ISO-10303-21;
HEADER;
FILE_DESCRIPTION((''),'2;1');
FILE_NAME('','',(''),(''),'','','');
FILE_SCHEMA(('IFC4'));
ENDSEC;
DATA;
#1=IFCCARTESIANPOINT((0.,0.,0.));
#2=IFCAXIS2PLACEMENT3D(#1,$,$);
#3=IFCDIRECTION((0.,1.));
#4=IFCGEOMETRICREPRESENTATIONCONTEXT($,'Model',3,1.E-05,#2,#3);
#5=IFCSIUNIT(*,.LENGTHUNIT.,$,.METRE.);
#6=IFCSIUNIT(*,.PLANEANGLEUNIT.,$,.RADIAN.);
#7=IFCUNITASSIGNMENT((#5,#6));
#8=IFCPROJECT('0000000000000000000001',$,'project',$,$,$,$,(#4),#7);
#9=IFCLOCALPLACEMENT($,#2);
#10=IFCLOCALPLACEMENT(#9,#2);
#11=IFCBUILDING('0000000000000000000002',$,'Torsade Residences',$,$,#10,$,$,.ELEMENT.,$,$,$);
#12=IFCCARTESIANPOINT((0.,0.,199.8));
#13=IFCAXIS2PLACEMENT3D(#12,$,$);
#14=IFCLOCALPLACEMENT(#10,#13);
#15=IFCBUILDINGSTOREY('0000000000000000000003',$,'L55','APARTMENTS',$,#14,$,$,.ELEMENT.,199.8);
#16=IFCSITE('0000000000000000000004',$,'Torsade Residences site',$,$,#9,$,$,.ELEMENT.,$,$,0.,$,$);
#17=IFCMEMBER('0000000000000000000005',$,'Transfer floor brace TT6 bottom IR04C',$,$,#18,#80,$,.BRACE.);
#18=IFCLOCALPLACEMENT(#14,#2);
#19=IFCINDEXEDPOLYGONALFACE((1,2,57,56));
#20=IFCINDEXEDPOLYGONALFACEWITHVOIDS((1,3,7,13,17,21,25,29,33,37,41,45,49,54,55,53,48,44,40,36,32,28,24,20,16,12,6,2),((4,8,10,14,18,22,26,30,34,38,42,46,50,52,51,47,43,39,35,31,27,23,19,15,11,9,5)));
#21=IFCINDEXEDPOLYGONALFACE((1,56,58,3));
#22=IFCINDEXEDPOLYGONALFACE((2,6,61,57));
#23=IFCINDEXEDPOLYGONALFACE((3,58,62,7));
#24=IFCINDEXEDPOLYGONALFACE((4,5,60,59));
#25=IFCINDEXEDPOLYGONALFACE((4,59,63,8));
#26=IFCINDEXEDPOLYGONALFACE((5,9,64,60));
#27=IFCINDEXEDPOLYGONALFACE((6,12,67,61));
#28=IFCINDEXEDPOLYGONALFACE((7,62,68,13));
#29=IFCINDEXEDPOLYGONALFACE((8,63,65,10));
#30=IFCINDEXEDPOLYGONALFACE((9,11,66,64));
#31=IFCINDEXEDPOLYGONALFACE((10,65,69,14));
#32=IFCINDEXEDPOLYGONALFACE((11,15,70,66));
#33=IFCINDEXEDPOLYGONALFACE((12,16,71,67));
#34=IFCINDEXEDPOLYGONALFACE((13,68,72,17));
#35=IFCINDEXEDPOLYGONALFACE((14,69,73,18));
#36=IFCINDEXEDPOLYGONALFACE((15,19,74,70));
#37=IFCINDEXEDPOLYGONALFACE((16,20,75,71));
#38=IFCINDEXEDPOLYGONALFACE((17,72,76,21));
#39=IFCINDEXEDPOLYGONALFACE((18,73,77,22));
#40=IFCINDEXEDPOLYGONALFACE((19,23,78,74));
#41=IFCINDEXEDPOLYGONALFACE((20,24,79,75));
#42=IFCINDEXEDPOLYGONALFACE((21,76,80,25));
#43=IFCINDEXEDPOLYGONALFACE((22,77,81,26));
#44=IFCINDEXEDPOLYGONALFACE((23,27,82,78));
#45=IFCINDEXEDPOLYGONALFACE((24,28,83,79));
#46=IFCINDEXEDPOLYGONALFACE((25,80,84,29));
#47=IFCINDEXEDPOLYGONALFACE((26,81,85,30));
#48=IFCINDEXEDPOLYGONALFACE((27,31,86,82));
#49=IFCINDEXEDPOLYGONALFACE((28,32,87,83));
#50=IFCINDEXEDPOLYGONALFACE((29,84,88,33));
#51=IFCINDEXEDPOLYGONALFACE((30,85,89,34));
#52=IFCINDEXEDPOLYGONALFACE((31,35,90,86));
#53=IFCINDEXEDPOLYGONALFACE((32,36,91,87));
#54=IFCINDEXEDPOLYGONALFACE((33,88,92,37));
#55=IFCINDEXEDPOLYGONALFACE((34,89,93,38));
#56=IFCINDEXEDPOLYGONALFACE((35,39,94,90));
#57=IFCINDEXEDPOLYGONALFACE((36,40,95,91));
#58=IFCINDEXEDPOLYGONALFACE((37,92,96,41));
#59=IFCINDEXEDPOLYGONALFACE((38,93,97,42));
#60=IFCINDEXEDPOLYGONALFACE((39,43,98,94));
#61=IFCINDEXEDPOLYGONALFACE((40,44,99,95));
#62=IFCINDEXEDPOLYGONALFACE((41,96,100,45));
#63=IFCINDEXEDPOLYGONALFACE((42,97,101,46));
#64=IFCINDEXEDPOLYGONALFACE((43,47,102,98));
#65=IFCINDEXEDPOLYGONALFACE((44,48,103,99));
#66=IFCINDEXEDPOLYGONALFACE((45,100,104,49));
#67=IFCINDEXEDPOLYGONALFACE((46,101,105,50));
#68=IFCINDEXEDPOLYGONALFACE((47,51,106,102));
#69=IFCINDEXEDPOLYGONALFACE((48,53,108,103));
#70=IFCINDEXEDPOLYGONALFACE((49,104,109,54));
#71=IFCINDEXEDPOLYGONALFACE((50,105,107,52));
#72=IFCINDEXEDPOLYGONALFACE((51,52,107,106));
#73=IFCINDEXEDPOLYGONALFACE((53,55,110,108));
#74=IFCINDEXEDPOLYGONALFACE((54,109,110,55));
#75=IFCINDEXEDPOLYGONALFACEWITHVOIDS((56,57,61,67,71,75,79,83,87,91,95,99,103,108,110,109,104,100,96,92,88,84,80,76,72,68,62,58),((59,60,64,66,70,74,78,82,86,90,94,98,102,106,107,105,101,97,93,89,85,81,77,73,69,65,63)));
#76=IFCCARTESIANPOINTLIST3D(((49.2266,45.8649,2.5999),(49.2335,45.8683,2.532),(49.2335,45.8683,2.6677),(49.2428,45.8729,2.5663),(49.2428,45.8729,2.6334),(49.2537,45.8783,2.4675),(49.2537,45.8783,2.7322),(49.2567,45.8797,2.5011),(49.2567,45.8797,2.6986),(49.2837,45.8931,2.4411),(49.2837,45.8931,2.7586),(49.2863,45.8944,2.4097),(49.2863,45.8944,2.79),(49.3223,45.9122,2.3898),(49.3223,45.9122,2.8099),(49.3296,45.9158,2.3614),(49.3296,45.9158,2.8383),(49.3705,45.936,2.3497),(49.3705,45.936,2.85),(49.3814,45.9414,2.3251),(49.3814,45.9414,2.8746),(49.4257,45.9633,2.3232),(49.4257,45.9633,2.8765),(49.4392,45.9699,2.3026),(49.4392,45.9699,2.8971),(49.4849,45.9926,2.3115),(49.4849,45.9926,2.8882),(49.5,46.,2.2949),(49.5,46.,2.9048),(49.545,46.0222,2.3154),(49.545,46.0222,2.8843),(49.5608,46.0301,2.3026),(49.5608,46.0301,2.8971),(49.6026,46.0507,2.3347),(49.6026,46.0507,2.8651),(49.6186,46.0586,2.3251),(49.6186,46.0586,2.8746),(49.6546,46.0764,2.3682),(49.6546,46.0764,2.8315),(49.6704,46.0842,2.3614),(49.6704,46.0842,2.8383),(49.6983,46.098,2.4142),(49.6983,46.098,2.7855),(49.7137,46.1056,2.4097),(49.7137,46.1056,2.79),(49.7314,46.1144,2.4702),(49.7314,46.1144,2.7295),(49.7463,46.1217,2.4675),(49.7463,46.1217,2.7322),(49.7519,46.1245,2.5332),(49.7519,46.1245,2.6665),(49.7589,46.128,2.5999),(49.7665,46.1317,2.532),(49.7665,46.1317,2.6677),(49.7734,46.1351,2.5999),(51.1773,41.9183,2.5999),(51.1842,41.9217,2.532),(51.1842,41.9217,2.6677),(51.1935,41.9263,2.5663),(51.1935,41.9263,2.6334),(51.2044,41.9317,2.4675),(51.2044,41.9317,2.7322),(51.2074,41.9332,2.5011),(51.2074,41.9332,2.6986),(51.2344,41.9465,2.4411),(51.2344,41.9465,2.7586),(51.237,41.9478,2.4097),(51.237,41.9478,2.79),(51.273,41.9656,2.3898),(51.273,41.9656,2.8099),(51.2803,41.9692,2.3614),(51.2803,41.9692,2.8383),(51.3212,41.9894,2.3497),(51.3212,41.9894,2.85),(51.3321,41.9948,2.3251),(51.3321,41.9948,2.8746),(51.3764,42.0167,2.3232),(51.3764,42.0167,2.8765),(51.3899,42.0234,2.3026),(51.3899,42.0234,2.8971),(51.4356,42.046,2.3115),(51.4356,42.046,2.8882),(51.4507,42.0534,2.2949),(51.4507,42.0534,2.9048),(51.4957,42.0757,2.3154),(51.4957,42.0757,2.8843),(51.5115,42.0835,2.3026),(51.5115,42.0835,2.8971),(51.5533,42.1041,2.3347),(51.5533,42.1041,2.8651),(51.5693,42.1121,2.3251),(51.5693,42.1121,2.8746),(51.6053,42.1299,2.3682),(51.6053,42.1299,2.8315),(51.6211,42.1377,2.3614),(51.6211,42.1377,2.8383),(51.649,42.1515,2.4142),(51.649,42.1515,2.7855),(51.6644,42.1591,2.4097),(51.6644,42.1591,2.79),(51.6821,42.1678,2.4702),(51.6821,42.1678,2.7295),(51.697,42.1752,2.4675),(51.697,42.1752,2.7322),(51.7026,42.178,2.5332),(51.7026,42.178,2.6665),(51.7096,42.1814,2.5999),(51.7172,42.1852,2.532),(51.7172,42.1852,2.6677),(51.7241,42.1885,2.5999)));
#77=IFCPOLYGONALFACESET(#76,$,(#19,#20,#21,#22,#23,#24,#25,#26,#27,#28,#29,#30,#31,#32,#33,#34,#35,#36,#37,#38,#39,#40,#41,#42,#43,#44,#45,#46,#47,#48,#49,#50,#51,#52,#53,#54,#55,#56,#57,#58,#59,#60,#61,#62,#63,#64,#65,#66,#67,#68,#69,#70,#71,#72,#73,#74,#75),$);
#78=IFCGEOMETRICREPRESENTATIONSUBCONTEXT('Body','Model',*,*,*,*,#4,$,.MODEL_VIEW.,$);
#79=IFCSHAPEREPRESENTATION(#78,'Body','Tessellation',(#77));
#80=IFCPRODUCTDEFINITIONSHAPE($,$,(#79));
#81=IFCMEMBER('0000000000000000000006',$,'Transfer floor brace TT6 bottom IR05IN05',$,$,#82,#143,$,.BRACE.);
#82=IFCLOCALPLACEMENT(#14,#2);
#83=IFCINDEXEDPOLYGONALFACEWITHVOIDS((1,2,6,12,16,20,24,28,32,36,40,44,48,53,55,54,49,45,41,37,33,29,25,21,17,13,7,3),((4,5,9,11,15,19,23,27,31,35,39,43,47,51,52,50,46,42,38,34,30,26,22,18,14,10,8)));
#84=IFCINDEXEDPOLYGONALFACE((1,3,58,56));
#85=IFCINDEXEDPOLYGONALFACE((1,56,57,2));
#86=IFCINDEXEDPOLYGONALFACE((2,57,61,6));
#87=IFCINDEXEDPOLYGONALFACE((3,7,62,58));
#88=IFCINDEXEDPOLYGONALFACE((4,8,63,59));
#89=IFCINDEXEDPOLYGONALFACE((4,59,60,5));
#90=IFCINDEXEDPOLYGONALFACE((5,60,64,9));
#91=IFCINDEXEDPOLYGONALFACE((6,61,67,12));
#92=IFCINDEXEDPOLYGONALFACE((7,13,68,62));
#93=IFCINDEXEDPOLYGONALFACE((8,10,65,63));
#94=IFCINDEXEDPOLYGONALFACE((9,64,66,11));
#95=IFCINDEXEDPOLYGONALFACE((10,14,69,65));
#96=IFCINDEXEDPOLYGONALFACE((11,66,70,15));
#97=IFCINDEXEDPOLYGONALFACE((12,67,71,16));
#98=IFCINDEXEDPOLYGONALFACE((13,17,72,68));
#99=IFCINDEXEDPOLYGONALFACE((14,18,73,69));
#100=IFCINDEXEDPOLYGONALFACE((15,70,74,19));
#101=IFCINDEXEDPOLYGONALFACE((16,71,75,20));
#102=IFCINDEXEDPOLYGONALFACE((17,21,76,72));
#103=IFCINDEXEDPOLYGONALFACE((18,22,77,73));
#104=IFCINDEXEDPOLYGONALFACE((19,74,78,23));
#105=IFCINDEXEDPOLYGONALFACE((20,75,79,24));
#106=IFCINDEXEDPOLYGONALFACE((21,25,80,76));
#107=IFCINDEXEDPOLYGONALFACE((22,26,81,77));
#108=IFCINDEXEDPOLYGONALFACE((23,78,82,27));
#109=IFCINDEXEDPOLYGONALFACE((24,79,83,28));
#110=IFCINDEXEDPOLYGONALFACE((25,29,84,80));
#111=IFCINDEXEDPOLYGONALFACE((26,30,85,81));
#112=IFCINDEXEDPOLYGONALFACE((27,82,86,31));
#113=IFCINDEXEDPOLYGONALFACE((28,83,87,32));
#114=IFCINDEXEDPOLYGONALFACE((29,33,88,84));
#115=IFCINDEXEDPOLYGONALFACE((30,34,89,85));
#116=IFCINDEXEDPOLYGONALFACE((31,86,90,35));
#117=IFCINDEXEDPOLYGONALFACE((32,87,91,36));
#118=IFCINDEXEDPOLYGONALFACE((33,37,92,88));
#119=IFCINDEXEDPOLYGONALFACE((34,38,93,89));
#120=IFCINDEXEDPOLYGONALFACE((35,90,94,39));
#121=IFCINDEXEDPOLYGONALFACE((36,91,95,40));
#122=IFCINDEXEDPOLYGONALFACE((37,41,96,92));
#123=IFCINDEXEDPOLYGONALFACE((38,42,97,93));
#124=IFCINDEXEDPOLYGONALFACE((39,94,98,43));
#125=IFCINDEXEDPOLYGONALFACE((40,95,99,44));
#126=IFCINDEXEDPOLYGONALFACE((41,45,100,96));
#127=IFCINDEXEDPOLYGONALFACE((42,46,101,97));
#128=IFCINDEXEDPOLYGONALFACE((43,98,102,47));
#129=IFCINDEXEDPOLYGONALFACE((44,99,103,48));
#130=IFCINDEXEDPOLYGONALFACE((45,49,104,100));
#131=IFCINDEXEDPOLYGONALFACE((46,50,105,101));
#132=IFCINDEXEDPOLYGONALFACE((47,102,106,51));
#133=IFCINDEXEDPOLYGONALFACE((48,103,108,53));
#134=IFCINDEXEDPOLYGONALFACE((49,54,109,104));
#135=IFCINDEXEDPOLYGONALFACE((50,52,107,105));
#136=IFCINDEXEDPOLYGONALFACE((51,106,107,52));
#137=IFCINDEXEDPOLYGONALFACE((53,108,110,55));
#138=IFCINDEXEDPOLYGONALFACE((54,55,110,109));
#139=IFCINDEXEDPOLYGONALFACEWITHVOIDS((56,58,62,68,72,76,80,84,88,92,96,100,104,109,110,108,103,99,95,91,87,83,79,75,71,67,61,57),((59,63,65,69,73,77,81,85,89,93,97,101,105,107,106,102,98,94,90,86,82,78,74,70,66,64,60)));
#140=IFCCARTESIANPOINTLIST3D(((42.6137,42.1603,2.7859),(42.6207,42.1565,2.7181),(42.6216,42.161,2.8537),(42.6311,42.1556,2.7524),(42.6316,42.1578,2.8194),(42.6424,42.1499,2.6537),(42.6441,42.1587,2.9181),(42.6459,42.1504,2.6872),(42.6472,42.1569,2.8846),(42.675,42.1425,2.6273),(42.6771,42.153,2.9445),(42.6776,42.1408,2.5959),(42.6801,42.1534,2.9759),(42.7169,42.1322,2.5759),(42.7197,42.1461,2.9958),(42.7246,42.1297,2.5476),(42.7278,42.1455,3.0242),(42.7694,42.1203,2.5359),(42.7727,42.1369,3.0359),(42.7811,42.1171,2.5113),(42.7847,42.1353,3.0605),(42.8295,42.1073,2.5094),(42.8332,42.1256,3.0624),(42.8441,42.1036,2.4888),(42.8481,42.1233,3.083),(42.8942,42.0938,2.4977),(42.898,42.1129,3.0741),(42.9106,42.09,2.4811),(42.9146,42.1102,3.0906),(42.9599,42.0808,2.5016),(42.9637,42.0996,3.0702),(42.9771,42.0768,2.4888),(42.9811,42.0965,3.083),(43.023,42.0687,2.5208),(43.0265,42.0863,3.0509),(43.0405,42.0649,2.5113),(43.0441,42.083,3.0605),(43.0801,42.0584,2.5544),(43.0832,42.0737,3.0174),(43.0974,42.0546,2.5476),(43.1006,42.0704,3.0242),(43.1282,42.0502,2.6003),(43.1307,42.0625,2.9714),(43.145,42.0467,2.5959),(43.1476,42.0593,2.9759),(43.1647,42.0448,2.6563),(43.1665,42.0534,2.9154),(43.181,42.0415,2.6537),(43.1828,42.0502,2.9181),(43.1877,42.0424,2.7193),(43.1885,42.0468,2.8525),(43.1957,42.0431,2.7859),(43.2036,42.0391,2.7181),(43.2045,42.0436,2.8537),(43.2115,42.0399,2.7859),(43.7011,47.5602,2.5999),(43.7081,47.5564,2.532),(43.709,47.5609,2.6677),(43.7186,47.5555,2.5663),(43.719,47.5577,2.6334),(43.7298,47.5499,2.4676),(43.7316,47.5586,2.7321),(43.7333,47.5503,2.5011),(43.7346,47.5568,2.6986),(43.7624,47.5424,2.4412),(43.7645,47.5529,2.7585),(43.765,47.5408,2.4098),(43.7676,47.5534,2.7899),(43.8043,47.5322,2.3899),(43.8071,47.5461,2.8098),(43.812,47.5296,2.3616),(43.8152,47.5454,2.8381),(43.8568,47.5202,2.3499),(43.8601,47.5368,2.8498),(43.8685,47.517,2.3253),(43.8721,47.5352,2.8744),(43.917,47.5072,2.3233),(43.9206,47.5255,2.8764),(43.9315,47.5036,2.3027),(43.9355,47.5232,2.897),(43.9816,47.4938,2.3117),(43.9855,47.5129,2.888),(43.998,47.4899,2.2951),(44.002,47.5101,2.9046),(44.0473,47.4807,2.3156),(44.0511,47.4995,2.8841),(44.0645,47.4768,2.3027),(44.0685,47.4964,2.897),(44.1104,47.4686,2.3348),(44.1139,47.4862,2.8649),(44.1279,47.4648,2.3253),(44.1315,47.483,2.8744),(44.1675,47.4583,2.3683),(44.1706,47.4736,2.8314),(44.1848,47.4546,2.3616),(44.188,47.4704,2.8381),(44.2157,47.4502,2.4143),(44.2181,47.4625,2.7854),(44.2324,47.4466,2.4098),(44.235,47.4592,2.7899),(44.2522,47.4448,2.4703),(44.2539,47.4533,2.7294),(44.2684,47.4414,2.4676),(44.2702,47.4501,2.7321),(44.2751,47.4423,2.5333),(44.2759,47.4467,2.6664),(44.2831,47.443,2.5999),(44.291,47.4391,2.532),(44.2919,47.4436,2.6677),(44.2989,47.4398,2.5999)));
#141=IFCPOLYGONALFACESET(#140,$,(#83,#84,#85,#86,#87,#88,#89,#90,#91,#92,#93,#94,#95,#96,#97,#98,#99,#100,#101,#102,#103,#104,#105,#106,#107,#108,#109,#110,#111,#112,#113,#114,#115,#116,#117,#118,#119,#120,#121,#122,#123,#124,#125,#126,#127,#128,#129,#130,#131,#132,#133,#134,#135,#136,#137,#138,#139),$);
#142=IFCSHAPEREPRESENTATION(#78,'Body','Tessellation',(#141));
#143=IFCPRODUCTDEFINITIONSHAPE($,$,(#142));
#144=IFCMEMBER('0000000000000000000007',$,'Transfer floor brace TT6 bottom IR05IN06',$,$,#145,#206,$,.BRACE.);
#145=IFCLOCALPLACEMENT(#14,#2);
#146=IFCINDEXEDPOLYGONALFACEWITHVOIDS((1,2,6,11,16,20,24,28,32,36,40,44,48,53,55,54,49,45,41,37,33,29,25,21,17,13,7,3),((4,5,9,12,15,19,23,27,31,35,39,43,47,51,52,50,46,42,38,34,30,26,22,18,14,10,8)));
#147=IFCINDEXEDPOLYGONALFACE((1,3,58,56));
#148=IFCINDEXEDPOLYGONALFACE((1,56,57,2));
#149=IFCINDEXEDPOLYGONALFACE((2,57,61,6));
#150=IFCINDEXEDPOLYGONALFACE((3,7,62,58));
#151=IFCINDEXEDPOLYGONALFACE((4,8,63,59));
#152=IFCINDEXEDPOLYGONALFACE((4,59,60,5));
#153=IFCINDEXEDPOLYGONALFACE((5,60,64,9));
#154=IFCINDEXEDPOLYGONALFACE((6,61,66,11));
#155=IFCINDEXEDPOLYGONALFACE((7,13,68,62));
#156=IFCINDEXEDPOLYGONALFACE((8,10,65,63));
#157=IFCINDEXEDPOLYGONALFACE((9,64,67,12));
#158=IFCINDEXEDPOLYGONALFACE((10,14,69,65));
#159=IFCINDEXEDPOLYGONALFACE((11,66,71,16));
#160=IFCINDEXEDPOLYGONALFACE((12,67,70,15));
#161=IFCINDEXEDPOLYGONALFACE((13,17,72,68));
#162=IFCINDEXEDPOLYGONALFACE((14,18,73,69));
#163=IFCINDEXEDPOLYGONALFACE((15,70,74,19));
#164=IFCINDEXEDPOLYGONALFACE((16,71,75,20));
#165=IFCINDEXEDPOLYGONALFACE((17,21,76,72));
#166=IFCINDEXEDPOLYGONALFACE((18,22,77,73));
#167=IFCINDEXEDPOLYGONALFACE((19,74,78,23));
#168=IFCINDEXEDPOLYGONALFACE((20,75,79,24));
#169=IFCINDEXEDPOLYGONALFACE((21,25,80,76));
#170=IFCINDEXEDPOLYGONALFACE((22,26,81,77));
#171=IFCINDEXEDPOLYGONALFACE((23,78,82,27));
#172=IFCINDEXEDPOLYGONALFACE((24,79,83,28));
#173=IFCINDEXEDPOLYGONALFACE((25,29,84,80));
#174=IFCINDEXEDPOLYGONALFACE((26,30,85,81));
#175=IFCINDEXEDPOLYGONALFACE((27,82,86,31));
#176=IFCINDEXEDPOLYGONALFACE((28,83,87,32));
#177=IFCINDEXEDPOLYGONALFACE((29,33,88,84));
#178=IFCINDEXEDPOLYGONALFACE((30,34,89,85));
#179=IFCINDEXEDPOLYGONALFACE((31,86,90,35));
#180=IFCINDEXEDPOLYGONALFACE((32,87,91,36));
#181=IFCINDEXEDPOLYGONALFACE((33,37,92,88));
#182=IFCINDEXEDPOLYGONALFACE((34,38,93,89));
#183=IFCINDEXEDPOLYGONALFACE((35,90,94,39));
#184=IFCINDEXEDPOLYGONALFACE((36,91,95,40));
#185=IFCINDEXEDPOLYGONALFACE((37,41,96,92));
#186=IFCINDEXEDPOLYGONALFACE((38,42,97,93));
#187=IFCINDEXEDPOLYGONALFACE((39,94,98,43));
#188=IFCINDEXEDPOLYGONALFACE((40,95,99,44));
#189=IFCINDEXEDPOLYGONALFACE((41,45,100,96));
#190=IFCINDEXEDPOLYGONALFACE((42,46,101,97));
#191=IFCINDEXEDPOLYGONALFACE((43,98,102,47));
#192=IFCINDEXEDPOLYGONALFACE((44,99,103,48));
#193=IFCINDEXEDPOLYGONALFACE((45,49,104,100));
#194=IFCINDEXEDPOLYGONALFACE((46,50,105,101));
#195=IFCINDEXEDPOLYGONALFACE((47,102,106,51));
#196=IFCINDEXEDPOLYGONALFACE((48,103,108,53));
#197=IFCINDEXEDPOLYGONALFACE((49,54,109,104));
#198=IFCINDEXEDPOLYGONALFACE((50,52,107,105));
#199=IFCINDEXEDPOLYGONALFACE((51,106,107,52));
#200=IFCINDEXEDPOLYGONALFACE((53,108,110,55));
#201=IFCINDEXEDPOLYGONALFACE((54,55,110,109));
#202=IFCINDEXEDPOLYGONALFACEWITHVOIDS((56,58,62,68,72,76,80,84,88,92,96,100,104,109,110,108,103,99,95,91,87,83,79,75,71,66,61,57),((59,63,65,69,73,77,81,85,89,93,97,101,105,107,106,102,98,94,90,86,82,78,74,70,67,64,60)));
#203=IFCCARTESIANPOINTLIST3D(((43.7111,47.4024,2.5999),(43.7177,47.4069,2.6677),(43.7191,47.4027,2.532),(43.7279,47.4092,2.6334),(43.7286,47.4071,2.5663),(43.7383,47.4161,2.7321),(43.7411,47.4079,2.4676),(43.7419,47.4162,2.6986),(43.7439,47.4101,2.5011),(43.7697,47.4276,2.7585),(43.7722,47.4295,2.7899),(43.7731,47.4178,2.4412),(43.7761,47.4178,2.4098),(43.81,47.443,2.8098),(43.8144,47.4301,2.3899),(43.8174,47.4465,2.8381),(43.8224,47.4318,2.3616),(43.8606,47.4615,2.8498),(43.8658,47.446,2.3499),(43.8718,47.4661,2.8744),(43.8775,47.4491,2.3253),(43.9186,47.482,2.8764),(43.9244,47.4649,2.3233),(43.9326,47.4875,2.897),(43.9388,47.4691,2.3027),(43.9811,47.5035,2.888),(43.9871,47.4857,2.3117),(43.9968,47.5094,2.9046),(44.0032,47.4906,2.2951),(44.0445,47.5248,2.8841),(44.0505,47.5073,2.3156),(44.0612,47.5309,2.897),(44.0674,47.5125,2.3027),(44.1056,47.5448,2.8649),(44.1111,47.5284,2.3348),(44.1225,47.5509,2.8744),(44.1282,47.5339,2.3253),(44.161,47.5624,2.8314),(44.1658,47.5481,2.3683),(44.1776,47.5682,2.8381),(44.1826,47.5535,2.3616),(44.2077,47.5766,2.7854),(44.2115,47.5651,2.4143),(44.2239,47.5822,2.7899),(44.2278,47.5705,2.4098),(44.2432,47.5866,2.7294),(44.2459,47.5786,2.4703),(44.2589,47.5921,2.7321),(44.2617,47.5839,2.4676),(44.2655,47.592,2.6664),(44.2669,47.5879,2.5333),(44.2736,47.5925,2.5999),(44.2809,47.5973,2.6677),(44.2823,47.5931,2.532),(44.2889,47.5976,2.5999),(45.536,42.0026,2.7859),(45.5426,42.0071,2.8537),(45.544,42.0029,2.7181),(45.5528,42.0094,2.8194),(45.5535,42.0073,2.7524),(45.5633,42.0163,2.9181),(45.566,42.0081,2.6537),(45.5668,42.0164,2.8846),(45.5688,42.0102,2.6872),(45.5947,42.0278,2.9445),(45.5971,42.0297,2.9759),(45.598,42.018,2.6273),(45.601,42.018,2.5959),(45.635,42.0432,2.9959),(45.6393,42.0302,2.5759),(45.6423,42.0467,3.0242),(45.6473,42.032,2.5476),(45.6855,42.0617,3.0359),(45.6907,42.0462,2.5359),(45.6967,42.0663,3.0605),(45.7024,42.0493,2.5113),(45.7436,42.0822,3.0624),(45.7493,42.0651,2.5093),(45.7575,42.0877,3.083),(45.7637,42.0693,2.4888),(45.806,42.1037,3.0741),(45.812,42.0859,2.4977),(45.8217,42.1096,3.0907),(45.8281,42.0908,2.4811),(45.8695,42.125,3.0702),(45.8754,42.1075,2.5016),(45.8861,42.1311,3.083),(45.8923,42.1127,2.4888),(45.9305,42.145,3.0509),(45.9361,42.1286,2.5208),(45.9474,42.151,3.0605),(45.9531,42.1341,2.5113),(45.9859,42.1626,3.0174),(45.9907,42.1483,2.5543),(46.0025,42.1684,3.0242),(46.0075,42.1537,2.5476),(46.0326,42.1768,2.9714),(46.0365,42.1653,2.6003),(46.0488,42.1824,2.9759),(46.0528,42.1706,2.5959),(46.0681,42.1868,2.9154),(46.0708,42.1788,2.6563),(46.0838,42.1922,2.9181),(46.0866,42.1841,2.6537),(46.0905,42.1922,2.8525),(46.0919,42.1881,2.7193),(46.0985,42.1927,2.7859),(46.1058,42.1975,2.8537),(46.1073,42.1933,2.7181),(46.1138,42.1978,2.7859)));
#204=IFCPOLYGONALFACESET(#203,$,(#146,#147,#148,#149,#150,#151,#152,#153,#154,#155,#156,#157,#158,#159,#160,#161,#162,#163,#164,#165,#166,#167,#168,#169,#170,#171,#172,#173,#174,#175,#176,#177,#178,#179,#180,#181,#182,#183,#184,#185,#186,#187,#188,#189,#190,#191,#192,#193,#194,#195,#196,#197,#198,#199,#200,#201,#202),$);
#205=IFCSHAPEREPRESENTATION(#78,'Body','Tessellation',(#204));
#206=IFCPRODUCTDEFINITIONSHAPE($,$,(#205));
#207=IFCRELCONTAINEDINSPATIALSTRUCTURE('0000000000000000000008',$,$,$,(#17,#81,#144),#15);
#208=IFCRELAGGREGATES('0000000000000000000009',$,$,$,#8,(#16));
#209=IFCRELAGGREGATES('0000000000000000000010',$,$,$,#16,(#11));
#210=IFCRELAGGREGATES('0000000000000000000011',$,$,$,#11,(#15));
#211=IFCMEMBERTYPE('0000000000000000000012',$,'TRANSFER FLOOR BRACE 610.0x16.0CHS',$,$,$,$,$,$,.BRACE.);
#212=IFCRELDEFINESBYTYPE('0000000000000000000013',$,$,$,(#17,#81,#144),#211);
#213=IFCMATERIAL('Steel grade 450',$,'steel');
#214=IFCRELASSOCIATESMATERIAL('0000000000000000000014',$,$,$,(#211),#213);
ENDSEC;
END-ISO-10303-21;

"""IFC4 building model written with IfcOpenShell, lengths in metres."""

from ifc_helpers import new_model, si_unit, direction, frame, origin, origin_2d, place, context, subcontext, project, spatial, hollow_circle, extrude, material, material_profile, profile_set, type_object, element, save


model = new_model("IFC4")

# Units and contexts
model_context = context("Model", 3, precision=1e-05, world=origin(), true_north=direction((0.0, 1.0)))
body_context = subcontext(model_context, "Body", "Model", "MODEL_VIEW")
ifc_project = project(units=[si_unit("LENGTHUNIT", "METRE"), si_unit("PLANEANGLEUNIT", "RADIAN")], contexts=[model_context])

# Site, building, storey
site_placement = place(None, origin())
site = spatial("IfcSite", under=ifc_project, at=site_placement, Name="Torsade Residences site", CompositionType="ELEMENT", RefElevation=0.0)
building_placement = place(site_placement, origin())
building = spatial("IfcBuilding", under=site, at=building_placement, Name="Torsade Residences", CompositionType="ELEMENT")
storey_placement = place(building_placement, frame((0.0, 0.0, 199.8)))
storey = spatial("IfcBuildingStorey", under=building, at=storey_placement, Name="L55", Description="APARTMENTS", CompositionType="ELEMENT", Elevation=199.8)

# Members
ifc_material_1 = material(Name="Steel grade 450", Category="steel")
ifc_material_profile_1 = material_profile(ifc_material_1, hollow_circle(Radius=0.3049, WallThickness=0.0161, at=origin_2d()), Name="610.0x16.0CHS")
ifc_profile_set_1 = profile_set([ifc_material_profile_1], Name="Steel grade 450")
member_type_1 = type_object("IfcMemberType", Name="TRANSFER FLOOR BRACE 610.0x16.0CHS", PredefinedType="BRACE", material=ifc_profile_set_1)
member_1_placement = place(storey_placement, frame((49.5, 46.0, 2.5999), z_axis=(0.443105, -0.89647, 0.0), x_axis=(0.89647, 0.443105, 0.0)))
element("IfcMember", 1, at=member_1_placement, inside=storey, type_object=member_type_1, Name="Transfer floor brace TT6 bottom IR04C", PredefinedType="BRACE", context=body_context, shape_type="SweptSolid", body=[
    extrude(hollow_circle(Radius=0.3049, WallThickness=0.0161, at=origin_2d()), origin(), (0.0, 0.0, 1.0), 4.4023),
])
member_2_placement = place(storey_placement, frame((44.0, 47.5, 2.5999), z_axis=(-0.197299, -0.979762, 0.033754), x_axis=(0.980321, -0.197412, 0.0)))
element("IfcMember", 2, at=member_2_placement, inside=storey, type_object=member_type_1, Name="Transfer floor brace TT6 bottom IR05IN05", PredefinedType="BRACE", context=body_context, shape_type="SweptSolid", body=[
    extrude(hollow_circle(Radius=0.3049, WallThickness=0.0161, at=origin_2d()), origin(), (0.0, 0.0, 1.0), 5.5115),
])
member_3_placement = place(storey_placement, frame((44.0, 47.5, 2.5999), z_axis=(0.319999, -0.946856, 0.032621), x_axis=(0.94736, 0.32017, 0.0)))
element("IfcMember", 3, at=member_3_placement, inside=storey, type_object=member_type_1, Name="Transfer floor brace TT6 bottom IR05IN06", PredefinedType="BRACE", context=body_context, shape_type="SweptSolid", body=[
    extrude(hollow_circle(Radius=0.3049, WallThickness=0.0161, at=origin_2d()), origin(), (0.0, 0.0, 1.0), 5.7029),
])

save(model, "model.ifc")
